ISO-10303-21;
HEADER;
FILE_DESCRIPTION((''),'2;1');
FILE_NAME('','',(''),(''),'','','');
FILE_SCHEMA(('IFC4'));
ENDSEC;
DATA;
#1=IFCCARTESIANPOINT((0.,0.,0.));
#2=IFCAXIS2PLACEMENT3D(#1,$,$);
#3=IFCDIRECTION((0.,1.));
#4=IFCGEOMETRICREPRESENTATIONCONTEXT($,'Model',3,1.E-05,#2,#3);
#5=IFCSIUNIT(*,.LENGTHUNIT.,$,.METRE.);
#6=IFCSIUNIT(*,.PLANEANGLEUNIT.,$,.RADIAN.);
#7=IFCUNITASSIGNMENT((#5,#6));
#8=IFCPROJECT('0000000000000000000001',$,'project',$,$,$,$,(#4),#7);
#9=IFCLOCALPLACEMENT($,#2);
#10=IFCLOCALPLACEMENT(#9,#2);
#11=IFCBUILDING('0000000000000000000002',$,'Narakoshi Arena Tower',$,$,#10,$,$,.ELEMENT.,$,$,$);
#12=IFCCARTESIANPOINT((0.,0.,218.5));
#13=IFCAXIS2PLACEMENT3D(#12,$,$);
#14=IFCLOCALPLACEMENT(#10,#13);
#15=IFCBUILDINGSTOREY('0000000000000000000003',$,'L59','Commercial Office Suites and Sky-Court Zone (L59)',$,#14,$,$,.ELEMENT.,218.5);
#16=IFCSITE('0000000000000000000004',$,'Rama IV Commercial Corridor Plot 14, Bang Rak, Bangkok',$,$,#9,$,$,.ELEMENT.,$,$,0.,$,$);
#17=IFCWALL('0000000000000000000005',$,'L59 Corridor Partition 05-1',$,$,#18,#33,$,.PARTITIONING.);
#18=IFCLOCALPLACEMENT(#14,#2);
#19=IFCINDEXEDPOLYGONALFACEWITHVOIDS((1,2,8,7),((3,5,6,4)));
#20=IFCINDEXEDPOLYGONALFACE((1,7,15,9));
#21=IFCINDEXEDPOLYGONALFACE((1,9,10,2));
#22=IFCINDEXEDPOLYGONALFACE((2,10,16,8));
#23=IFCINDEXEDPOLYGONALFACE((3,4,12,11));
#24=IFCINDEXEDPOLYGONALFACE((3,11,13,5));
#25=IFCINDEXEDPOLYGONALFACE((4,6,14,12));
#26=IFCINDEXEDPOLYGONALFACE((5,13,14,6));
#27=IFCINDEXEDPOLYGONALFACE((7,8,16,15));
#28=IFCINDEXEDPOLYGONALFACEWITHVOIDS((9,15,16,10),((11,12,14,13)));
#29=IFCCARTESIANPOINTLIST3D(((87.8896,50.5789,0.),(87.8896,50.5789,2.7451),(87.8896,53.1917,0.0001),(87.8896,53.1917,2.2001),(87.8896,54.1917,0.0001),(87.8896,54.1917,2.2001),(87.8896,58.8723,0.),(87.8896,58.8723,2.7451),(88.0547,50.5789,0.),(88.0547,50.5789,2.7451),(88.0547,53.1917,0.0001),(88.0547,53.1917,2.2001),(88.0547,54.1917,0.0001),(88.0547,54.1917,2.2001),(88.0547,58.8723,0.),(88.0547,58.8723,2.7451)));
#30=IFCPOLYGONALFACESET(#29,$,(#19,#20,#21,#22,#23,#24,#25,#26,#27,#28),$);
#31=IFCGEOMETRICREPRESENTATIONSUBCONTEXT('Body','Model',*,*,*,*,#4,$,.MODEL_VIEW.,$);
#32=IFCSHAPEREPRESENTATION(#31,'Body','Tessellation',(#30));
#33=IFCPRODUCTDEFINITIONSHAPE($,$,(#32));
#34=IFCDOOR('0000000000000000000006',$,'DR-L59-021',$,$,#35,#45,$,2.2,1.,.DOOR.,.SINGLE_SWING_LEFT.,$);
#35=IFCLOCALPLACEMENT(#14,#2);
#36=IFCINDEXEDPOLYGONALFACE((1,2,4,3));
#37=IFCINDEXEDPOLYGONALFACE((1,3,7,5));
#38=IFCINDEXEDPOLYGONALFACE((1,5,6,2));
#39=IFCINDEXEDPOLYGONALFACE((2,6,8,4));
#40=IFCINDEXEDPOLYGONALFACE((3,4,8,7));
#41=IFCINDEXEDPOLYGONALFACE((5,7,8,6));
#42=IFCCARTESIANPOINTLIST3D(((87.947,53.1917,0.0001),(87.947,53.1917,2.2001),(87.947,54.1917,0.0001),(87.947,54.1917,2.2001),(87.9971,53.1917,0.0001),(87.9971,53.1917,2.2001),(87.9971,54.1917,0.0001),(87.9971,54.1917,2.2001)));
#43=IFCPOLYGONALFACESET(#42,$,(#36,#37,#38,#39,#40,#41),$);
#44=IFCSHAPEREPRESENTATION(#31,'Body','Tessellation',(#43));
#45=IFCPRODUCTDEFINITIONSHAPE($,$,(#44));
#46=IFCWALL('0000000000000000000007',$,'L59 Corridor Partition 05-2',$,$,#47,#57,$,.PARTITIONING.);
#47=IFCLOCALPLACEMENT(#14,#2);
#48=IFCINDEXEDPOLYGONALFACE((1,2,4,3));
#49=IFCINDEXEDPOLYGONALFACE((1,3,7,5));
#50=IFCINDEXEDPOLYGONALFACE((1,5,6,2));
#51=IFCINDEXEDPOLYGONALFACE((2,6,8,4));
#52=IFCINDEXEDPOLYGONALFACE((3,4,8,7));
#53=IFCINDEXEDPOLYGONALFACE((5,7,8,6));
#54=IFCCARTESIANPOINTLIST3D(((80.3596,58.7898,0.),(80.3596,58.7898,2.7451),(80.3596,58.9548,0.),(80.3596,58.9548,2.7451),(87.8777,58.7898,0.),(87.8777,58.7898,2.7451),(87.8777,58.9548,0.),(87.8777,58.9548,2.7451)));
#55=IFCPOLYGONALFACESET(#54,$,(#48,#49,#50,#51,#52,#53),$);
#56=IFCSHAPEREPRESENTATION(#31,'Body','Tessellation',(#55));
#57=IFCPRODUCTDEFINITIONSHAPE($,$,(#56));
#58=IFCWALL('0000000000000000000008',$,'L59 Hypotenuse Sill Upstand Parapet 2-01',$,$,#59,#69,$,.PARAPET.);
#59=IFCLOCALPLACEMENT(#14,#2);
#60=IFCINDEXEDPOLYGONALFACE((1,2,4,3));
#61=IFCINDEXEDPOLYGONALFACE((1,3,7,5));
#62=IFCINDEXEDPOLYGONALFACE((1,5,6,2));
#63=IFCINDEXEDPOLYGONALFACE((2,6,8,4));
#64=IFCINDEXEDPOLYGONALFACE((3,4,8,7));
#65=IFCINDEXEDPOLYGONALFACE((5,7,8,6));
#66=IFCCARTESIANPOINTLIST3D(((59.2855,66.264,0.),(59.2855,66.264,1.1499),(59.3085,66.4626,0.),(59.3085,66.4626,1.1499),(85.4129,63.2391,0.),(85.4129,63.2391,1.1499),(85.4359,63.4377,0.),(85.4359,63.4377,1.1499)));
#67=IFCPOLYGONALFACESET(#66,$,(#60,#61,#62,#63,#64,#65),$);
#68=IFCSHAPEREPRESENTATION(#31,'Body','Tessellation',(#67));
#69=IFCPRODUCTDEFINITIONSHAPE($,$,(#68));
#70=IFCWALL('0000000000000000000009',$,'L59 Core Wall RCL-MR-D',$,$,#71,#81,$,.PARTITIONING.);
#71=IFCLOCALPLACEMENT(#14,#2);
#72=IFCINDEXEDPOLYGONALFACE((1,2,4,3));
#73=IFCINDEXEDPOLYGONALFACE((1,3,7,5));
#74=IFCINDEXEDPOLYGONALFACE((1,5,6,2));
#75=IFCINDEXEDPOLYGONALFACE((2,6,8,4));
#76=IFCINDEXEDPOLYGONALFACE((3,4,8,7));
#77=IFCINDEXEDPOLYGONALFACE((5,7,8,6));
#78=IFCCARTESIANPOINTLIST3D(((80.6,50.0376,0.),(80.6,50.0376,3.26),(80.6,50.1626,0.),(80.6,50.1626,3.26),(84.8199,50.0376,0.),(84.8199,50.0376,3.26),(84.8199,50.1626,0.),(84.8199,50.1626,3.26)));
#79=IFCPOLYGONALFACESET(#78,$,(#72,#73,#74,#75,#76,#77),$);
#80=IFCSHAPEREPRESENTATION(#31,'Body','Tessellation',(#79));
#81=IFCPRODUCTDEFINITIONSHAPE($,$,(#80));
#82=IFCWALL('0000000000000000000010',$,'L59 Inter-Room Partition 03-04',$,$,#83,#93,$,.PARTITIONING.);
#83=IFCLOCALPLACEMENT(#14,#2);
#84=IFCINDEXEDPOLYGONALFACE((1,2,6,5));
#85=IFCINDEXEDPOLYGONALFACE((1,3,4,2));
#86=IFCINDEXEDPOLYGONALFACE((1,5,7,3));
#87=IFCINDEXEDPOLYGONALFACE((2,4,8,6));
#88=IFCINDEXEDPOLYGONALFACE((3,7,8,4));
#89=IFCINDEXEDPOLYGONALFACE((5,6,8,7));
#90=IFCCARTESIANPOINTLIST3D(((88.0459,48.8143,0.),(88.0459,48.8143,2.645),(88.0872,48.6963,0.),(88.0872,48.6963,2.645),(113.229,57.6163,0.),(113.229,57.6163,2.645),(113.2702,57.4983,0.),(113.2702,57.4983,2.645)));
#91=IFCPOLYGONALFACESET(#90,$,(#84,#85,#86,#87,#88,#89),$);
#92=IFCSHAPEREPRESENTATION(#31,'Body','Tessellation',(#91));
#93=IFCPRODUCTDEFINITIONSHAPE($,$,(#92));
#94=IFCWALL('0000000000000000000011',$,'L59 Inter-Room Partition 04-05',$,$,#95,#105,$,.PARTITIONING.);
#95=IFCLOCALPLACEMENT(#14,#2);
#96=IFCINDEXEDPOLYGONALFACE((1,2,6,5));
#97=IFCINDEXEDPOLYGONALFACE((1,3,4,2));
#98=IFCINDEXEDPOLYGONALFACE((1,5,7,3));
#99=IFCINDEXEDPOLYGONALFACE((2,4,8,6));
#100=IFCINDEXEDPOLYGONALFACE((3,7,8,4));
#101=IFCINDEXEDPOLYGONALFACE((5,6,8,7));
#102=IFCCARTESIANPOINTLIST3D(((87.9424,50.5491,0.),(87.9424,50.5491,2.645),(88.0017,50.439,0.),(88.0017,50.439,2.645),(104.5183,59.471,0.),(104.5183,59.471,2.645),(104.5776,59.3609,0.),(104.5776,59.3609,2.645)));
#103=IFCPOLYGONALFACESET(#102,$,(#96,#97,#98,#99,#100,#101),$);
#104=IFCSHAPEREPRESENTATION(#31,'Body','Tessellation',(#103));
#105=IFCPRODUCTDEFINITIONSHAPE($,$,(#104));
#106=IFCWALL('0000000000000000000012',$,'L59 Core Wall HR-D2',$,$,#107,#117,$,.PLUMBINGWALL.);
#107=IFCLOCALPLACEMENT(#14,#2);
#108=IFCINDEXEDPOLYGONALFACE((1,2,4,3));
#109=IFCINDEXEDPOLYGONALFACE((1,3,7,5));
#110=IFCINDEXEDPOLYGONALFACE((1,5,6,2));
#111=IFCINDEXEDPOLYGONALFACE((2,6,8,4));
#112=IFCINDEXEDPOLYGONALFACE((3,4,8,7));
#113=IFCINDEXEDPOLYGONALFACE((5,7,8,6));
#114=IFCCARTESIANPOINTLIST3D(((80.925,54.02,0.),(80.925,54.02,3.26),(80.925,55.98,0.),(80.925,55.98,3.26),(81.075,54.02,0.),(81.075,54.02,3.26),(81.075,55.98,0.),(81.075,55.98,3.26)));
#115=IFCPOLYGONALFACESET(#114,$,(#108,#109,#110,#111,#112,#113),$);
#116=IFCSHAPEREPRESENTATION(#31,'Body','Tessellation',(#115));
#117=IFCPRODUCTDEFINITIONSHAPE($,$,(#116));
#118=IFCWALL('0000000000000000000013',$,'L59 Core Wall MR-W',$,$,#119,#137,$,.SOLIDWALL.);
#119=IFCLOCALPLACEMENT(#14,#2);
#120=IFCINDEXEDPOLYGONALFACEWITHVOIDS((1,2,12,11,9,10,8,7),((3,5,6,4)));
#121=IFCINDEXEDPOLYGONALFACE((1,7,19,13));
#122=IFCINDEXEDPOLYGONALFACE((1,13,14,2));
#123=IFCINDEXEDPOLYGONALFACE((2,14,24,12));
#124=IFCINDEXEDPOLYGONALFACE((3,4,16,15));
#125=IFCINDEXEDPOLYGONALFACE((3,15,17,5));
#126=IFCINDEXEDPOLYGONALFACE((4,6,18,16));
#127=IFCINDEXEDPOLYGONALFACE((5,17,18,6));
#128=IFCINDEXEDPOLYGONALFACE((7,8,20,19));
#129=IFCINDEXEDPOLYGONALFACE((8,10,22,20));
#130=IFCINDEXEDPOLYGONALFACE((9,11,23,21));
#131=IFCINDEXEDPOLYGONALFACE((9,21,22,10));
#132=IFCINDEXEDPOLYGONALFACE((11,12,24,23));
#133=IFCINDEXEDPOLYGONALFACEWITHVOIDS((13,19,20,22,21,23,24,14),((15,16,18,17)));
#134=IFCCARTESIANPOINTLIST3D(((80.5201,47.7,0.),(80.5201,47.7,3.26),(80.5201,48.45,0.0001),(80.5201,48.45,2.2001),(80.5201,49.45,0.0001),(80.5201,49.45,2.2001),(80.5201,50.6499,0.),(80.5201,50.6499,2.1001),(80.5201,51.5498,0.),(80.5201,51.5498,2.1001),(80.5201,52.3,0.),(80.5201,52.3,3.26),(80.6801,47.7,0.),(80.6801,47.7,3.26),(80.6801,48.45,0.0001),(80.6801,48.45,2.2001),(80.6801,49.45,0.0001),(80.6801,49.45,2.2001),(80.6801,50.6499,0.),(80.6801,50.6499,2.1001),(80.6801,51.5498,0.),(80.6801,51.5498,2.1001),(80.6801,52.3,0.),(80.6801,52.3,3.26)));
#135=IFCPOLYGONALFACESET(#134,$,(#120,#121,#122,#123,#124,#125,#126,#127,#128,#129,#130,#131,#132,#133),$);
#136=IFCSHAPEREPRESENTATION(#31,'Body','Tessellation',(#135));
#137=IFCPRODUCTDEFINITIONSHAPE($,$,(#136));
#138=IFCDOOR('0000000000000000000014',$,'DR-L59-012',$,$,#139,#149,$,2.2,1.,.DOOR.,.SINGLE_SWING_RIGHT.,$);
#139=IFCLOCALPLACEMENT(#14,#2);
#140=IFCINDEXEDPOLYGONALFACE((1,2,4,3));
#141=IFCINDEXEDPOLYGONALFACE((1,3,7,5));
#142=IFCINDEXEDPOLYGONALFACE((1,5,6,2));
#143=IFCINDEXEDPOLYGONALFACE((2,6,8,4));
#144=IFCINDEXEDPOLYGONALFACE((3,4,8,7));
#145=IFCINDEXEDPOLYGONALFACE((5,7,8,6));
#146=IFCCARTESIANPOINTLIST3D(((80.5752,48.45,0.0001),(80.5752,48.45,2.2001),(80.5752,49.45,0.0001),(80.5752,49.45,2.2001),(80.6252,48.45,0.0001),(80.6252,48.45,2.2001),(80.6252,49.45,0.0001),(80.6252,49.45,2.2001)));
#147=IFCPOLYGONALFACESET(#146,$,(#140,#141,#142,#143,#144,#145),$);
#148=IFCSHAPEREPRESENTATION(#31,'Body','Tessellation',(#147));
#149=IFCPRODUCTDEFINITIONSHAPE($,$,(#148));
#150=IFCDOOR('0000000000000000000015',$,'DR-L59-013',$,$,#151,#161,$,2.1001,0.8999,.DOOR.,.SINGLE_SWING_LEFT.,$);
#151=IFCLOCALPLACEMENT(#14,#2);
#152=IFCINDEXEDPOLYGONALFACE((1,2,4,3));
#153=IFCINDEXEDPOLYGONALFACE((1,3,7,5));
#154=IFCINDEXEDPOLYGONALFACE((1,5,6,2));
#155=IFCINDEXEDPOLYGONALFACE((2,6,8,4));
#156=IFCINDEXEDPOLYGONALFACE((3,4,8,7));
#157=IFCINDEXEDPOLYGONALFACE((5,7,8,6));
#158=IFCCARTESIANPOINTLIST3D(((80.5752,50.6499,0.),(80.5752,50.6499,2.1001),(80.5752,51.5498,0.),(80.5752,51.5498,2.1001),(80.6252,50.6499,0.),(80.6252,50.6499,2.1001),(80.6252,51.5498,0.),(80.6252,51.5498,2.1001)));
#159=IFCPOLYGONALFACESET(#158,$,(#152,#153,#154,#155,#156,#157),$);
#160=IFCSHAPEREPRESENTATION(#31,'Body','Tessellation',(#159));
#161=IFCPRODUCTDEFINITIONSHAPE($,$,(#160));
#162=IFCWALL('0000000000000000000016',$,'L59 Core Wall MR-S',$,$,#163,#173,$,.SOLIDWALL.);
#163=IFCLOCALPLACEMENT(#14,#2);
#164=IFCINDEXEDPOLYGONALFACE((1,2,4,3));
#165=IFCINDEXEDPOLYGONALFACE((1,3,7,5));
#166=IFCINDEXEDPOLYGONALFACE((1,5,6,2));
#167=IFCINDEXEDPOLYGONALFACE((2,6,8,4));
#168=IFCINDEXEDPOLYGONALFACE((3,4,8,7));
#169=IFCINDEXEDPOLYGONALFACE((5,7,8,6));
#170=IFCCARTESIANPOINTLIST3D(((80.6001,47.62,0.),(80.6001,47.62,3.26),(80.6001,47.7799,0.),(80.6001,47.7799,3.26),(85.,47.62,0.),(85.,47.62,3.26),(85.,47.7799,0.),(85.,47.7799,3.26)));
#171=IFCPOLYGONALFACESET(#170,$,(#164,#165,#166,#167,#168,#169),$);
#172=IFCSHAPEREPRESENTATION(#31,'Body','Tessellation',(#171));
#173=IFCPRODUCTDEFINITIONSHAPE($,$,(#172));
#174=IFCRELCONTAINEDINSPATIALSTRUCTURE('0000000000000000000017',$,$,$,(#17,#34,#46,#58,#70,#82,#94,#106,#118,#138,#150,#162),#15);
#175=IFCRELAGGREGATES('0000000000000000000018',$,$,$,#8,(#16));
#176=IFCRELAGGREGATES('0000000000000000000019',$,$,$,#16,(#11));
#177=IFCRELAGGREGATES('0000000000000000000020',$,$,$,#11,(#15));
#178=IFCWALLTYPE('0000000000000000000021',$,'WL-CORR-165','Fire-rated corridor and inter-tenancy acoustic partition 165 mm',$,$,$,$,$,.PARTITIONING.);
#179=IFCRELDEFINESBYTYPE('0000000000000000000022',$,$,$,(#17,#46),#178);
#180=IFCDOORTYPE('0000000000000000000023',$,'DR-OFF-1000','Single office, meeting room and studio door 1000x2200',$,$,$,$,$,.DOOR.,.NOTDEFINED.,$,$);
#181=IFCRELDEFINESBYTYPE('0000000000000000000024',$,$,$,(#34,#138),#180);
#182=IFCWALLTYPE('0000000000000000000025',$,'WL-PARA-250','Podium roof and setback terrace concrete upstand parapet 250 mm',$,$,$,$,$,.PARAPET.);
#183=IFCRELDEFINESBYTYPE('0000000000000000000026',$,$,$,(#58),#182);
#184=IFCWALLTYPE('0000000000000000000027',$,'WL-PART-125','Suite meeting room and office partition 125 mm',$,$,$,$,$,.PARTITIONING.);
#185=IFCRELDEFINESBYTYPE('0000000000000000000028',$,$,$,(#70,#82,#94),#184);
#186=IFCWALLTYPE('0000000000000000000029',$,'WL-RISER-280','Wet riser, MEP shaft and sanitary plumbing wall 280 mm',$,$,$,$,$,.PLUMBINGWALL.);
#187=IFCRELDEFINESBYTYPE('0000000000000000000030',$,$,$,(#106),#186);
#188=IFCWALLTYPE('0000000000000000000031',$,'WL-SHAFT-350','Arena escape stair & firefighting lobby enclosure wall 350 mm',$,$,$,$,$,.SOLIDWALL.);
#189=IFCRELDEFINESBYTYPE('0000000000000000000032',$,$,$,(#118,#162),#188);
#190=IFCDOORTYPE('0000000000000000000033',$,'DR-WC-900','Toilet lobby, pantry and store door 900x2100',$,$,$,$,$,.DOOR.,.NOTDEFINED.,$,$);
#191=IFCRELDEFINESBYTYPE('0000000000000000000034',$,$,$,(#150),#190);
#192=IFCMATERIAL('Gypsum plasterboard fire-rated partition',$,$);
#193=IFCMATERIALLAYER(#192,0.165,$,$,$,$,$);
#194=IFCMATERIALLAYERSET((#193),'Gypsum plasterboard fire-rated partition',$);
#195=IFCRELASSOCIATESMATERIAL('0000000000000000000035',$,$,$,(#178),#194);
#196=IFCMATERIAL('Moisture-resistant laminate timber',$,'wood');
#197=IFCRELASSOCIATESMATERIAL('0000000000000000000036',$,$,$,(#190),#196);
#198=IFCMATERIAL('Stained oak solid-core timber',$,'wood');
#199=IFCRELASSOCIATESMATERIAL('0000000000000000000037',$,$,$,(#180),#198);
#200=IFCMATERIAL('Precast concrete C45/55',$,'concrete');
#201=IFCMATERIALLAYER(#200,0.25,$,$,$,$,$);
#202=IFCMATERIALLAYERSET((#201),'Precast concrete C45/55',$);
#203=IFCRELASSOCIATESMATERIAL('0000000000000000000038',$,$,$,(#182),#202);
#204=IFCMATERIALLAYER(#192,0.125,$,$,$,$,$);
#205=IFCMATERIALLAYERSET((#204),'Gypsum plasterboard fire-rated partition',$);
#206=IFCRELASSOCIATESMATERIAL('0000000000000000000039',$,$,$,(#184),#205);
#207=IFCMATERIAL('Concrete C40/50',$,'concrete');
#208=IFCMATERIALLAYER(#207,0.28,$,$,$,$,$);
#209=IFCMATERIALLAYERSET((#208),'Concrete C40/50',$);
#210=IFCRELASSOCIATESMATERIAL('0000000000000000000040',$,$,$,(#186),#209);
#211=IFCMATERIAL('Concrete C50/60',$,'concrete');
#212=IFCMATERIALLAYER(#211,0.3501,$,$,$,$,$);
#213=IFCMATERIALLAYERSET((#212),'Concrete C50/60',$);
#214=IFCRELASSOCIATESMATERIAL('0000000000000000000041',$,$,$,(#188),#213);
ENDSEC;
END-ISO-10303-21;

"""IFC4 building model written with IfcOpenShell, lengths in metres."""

from ifc_helpers import new_model, si_unit, direction, frame, frame_2d, origin, place, context, subcontext, project, spatial, rectangle, extrude, material, layer, layer_set, type_object, element, fill, save


model = new_model("IFC4")

# Units and contexts
model_context = context("Model", 3, precision=1e-05, world=origin(), true_north=direction((0.0, 1.0)))
body_context = subcontext(model_context, "Body", "Model", "MODEL_VIEW")
ifc_project = project(units=[si_unit("LENGTHUNIT", "METRE"), si_unit("PLANEANGLEUNIT", "RADIAN")], contexts=[model_context])

# Site, building, storey
site_placement = place(None, origin())
site = spatial("IfcSite", under=ifc_project, at=site_placement, Name="Rama IV Commercial Corridor Plot 14, Bang Rak, Bangkok", CompositionType="ELEMENT", RefElevation=0.0)
building_placement = place(site_placement, origin())
building = spatial("IfcBuilding", under=site, at=building_placement, Name="Narakoshi Arena Tower", CompositionType="ELEMENT")
storey_placement = place(building_placement, frame((0.0, 0.0, 218.5)))
storey = spatial("IfcBuildingStorey", under=building, at=storey_placement, Name="L59", Description="Commercial Office Suites and Sky-Court Zone (L59)", CompositionType="ELEMENT", Elevation=218.5)

# Shared definitions
ifc_material_1 = material(Name="Concrete C50/60", Category="concrete")
ifc_material_2 = material(Name="Gypsum plasterboard fire-rated partition")
ifc_layer_1 = layer(ifc_material_2, 0.165)
ifc_layer_set_1 = layer_set([ifc_layer_1], Name="Gypsum plasterboard fire-rated partition")
wall_type_1 = type_object("IfcWallType", Name="WL-CORR-165", Description="Fire-rated corridor and inter-tenancy acoustic partition 165 mm", PredefinedType="PARTITIONING", material=ifc_layer_set_1)

# Wall, opening, door
ifc_material_3 = material(Name="Moisture-resistant laminate timber", Category="wood")
door_type_1 = type_object("IfcDoorType", Name="DR-WC-900", Description="Toilet lobby, pantry and store door 900x2100", OperationType="NOTDEFINED", PredefinedType="DOOR", material=ifc_material_3)
wall_1_placement = place(storey_placement, frame((87.9722, 50.5789, 0.0), z_axis=(0.0, 0.0, 1.0), x_axis=(0.0, 1.0, 0.0)))
wall_1 = element("IfcWall", 1, at=wall_1_placement, inside=storey, type_object=wall_type_1, Name="L59 Corridor Partition 05-1", PredefinedType="PARTITIONING", context=body_context, shape_type="SweptSolid", body=[
    extrude(rectangle(XDim=8.2935, YDim=0.165, at=frame_2d((4.1467, 0.0))), origin(), (0.0, 0.0, 1.0), 2.7451),
])
opening_1_placement = place(wall_1_placement, frame((2.6128, 0.0, 0.0)))
opening_1 = element("IfcOpeningElement", 2, at=opening_1_placement, cuts=wall_1, PredefinedType="OPENING", context=body_context, shape_type="SweptSolid", body=[
    extrude(rectangle(XDim=1.0, YDim=2.2, at=frame_2d((0.5, 1.1001))), frame((0.0, 0.0925, 0.0), z_axis=(0.0, -1.0, 0.0), x_axis=(1.0, 0.0, 0.0)), (0.0, 0.0, 1.0), 0.1851),
])
ifc_material_4 = material(Name="Stained oak solid-core timber", Category="wood")
door_type_2 = type_object("IfcDoorType", Name="DR-OFF-1000", Description="Single office, meeting room and studio door 1000x2200", OperationType="NOTDEFINED", PredefinedType="DOOR", material=ifc_material_4)
door_1_placement = place(opening_1_placement, frame((1.0, 0.0, 0.0), z_axis=(0.0, 0.0, 1.0), x_axis=(-1.0, 0.0, 0.0)))
door_1 = element("IfcDoor", 3, at=door_1_placement, inside=storey, type_object=door_type_2, Name="DR-L59-021", OperationType="SINGLE_SWING_LEFT", OverallHeight=2.2, OverallWidth=1.0, PredefinedType="DOOR", context=body_context, shape_type="SweptSolid", body=[
    extrude(rectangle(XDim=1.0, YDim=2.2, at=frame_2d((0.5, 1.1001))), frame((0.0, 0.0249, 0.0), z_axis=(0.0, -1.0, 0.0), x_axis=(1.0, 0.0, 0.0)), (0.0, 0.0, 1.0), 0.05),
])
fill(opening_1, door_1)

# Walls
wall_2_placement = place(storey_placement, frame((87.8777, 58.8723, 0.0), z_axis=(0.0, 0.0, 1.0), x_axis=(-1.0, 0.0, 0.0)))
element("IfcWall", 4, at=wall_2_placement, inside=storey, type_object=wall_type_1, Name="L59 Corridor Partition 05-2", PredefinedType="PARTITIONING", context=body_context, shape_type="SweptSolid", body=[
    extrude(rectangle(XDim=7.5181, YDim=0.165, at=frame_2d((3.759, 0.0))), origin(), (0.0, 0.0, 1.0), 2.7451),
])
ifc_material_5 = material(Name="Precast concrete C45/55", Category="concrete")
ifc_layer_2 = layer(ifc_material_5, 0.25)
ifc_layer_set_2 = layer_set([ifc_layer_2], Name="Precast concrete C45/55")
wall_type_2 = type_object("IfcWallType", Name="WL-PARA-250", Description="Podium roof and setback terrace concrete upstand parapet 250 mm", PredefinedType="PARAPET", material=ifc_layer_set_2)
wall_3_placement = place(storey_placement, frame((85.4243, 63.3384, 0.0), z_axis=(0.0, 0.0, 1.0), x_axis=(-0.993365, 0.115007, 0.0)))
element("IfcWall", 5, at=wall_3_placement, inside=storey, type_object=wall_type_2, Name="L59 Hypotenuse Sill Upstand Parapet 2-01", PredefinedType="PARAPET", context=body_context, shape_type="SweptSolid", body=[
    extrude(rectangle(XDim=26.302, YDim=0.2, at=frame_2d((13.1509, 0.0))), origin(), (0.0, 0.0, 1.0), 1.1499),
])
ifc_layer_3 = layer(ifc_material_2, 0.125)
ifc_layer_set_3 = layer_set([ifc_layer_3], Name="Gypsum plasterboard fire-rated partition")
wall_type_3 = type_object("IfcWallType", Name="WL-PART-125", Description="Suite meeting room and office partition 125 mm", PredefinedType="PARTITIONING", material=ifc_layer_set_3)
wall_4_placement = place(storey_placement, frame((80.6001, 50.1001, 0.0), z_axis=(0.0, 0.0, 1.0), x_axis=(1.0, 0.0, 0.0)))
element("IfcWall", 6, at=wall_4_placement, inside=storey, type_object=wall_type_3, Name="L59 Core Wall RCL-MR-D", PredefinedType="PARTITIONING", context=body_context, shape_type="SweptSolid", body=[
    extrude(rectangle(XDim=4.22, YDim=0.125, at=frame_2d((2.1099, 0.0))), origin(), (0.0, 0.0, 1.0), 3.26),
])
wall_5_placement = place(storey_placement, frame((88.0667, 48.7554, 0.0), z_axis=(0.0, 0.0, 1.0), x_axis=(0.944, 0.329947, 0.0)))
element("IfcWall", 7, at=wall_5_placement, inside=storey, type_object=wall_type_3, Name="L59 Inter-Room Partition 03-04", PredefinedType="PARTITIONING", context=body_context, shape_type="SweptSolid", body=[
    extrude(rectangle(XDim=26.677, YDim=0.125, at=frame_2d((13.3384, 0.0))), origin(), (0.0, 0.0, 1.0), 2.645),
])
wall_6_placement = place(storey_placement, frame((87.9722, 50.4941, 0.0), z_axis=(0.0, 0.0, 1.0), x_axis=(0.880551, 0.473951, 0.0)))
element("IfcWall", 8, at=wall_6_placement, inside=storey, type_object=wall_type_3, Name="L59 Inter-Room Partition 04-05", PredefinedType="PARTITIONING", context=body_context, shape_type="SweptSolid", body=[
    extrude(rectangle(XDim=18.8245, YDim=0.125, at=frame_2d((9.4121, 0.0))), origin(), (0.0, 0.0, 1.0), 2.645),
])
ifc_material_6 = material(Name="Concrete C40/50", Category="concrete")
ifc_layer_4 = layer(ifc_material_6, 0.28)
ifc_layer_set_4 = layer_set([ifc_layer_4], Name="Concrete C40/50")
wall_type_4 = type_object("IfcWallType", Name="WL-RISER-280", Description="Wet riser, MEP shaft and sanitary plumbing wall 280 mm", PredefinedType="PLUMBINGWALL", material=ifc_layer_set_4)
wall_7_placement = place(storey_placement, frame((81.0, 54.02, 0.0), z_axis=(0.0, 0.0, 1.0), x_axis=(0.0, 1.0, 0.0)))
element("IfcWall", 9, at=wall_7_placement, inside=storey, type_object=wall_type_4, Name="L59 Core Wall HR-D2", PredefinedType="PLUMBINGWALL", context=body_context, shape_type="SweptSolid", body=[
    extrude(rectangle(XDim=1.96, YDim=0.1499, at=frame_2d((0.98, 0.0))), origin(), (0.0, 0.0, 1.0), 3.26),
])

# Wall, openings, doors
ifc_layer_5 = layer(ifc_material_1, 0.3501)
ifc_layer_set_5 = layer_set([ifc_layer_5], Name="Concrete C50/60")
wall_type_5 = type_object("IfcWallType", Name="WL-SHAFT-350", Description="Arena escape stair & firefighting lobby enclosure wall 350 mm", PredefinedType="SOLIDWALL", material=ifc_layer_set_5)
wall_8_placement = place(storey_placement, frame((80.6001, 47.7, 0.0), z_axis=(0.0, 0.0, 1.0), x_axis=(0.0, 1.0, 0.0)))
wall_8 = element("IfcWall", 10, at=wall_8_placement, inside=storey, type_object=wall_type_5, Name="L59 Core Wall MR-W", PredefinedType="SOLIDWALL", context=body_context, shape_type="SweptSolid", body=[
    extrude(rectangle(XDim=4.6001, YDim=0.1599, at=frame_2d((2.3, 0.0))), origin(), (0.0, 0.0, 1.0), 3.26),
])
opening_2_placement = place(wall_8_placement, frame((0.75, 0.0, 0.0)))
opening_2 = element("IfcOpeningElement", 11, at=opening_2_placement, cuts=wall_8, PredefinedType="OPENING", context=body_context, shape_type="SweptSolid", body=[
    extrude(rectangle(XDim=1.0, YDim=2.2, at=frame_2d((0.5, 1.1001))), frame((0.0, 0.0898, 0.0), z_axis=(0.0, -1.0, 0.0), x_axis=(1.0, 0.0, 0.0)), (0.0, 0.0, 1.0), 0.1799),
])
opening_3_placement = place(wall_8_placement, frame((2.95, 0.0, 0.0)))
opening_3 = element("IfcOpeningElement", 12, at=opening_3_placement, cuts=wall_8, PredefinedType="OPENING", context=body_context, shape_type="SweptSolid", body=[
    extrude(rectangle(XDim=0.8999, YDim=2.1001, at=frame_2d((0.45, 1.05))), frame((0.0, 0.0898, 0.0), z_axis=(0.0, -1.0, 0.0), x_axis=(1.0, 0.0, 0.0)), (0.0, 0.0, 1.0), 0.1799),
])
door_2_placement = place(opening_2_placement, origin())
door_2 = element("IfcDoor", 13, at=door_2_placement, inside=storey, type_object=door_type_2, Name="DR-L59-012", OperationType="SINGLE_SWING_RIGHT", OverallHeight=2.2, OverallWidth=1.0, PredefinedType="DOOR", context=body_context, shape_type="SweptSolid", body=[
    extrude(rectangle(XDim=1.0, YDim=2.2, at=frame_2d((0.5, 1.1001))), frame((0.0, 0.0249, 0.0), z_axis=(0.0, -1.0, 0.0), x_axis=(1.0, 0.0, 0.0)), (0.0, 0.0, 1.0), 0.05),
])
fill(opening_2, door_2)
door_3_placement = place(opening_3_placement, origin())
door_3 = element("IfcDoor", 14, at=door_3_placement, inside=storey, type_object=door_type_1, Name="DR-L59-013", OperationType="SINGLE_SWING_LEFT", OverallHeight=2.1001, OverallWidth=0.8999, PredefinedType="DOOR", context=body_context, shape_type="SweptSolid", body=[
    extrude(rectangle(XDim=0.8999, YDim=2.1001, at=frame_2d((0.45, 1.05))), frame((0.0, 0.0249, 0.0), z_axis=(0.0, -1.0, 0.0), x_axis=(1.0, 0.0, 0.0)), (0.0, 0.0, 1.0), 0.05),
])
fill(opening_3, door_3)

# Wall
wall_9_placement = place(storey_placement, frame((80.6001, 47.7, 0.0), z_axis=(0.0, 0.0, 1.0), x_axis=(1.0, 0.0, 0.0)))
element("IfcWall", 15, at=wall_9_placement, inside=storey, type_object=wall_type_5, Name="L59 Core Wall MR-S", PredefinedType="SOLIDWALL", context=body_context, shape_type="SweptSolid", body=[
    extrude(rectangle(XDim=4.3999, YDim=0.1599, at=frame_2d((2.2, 0.0))), origin(), (0.0, 0.0, 1.0), 3.26),
])

save(model, "model.ifc")
